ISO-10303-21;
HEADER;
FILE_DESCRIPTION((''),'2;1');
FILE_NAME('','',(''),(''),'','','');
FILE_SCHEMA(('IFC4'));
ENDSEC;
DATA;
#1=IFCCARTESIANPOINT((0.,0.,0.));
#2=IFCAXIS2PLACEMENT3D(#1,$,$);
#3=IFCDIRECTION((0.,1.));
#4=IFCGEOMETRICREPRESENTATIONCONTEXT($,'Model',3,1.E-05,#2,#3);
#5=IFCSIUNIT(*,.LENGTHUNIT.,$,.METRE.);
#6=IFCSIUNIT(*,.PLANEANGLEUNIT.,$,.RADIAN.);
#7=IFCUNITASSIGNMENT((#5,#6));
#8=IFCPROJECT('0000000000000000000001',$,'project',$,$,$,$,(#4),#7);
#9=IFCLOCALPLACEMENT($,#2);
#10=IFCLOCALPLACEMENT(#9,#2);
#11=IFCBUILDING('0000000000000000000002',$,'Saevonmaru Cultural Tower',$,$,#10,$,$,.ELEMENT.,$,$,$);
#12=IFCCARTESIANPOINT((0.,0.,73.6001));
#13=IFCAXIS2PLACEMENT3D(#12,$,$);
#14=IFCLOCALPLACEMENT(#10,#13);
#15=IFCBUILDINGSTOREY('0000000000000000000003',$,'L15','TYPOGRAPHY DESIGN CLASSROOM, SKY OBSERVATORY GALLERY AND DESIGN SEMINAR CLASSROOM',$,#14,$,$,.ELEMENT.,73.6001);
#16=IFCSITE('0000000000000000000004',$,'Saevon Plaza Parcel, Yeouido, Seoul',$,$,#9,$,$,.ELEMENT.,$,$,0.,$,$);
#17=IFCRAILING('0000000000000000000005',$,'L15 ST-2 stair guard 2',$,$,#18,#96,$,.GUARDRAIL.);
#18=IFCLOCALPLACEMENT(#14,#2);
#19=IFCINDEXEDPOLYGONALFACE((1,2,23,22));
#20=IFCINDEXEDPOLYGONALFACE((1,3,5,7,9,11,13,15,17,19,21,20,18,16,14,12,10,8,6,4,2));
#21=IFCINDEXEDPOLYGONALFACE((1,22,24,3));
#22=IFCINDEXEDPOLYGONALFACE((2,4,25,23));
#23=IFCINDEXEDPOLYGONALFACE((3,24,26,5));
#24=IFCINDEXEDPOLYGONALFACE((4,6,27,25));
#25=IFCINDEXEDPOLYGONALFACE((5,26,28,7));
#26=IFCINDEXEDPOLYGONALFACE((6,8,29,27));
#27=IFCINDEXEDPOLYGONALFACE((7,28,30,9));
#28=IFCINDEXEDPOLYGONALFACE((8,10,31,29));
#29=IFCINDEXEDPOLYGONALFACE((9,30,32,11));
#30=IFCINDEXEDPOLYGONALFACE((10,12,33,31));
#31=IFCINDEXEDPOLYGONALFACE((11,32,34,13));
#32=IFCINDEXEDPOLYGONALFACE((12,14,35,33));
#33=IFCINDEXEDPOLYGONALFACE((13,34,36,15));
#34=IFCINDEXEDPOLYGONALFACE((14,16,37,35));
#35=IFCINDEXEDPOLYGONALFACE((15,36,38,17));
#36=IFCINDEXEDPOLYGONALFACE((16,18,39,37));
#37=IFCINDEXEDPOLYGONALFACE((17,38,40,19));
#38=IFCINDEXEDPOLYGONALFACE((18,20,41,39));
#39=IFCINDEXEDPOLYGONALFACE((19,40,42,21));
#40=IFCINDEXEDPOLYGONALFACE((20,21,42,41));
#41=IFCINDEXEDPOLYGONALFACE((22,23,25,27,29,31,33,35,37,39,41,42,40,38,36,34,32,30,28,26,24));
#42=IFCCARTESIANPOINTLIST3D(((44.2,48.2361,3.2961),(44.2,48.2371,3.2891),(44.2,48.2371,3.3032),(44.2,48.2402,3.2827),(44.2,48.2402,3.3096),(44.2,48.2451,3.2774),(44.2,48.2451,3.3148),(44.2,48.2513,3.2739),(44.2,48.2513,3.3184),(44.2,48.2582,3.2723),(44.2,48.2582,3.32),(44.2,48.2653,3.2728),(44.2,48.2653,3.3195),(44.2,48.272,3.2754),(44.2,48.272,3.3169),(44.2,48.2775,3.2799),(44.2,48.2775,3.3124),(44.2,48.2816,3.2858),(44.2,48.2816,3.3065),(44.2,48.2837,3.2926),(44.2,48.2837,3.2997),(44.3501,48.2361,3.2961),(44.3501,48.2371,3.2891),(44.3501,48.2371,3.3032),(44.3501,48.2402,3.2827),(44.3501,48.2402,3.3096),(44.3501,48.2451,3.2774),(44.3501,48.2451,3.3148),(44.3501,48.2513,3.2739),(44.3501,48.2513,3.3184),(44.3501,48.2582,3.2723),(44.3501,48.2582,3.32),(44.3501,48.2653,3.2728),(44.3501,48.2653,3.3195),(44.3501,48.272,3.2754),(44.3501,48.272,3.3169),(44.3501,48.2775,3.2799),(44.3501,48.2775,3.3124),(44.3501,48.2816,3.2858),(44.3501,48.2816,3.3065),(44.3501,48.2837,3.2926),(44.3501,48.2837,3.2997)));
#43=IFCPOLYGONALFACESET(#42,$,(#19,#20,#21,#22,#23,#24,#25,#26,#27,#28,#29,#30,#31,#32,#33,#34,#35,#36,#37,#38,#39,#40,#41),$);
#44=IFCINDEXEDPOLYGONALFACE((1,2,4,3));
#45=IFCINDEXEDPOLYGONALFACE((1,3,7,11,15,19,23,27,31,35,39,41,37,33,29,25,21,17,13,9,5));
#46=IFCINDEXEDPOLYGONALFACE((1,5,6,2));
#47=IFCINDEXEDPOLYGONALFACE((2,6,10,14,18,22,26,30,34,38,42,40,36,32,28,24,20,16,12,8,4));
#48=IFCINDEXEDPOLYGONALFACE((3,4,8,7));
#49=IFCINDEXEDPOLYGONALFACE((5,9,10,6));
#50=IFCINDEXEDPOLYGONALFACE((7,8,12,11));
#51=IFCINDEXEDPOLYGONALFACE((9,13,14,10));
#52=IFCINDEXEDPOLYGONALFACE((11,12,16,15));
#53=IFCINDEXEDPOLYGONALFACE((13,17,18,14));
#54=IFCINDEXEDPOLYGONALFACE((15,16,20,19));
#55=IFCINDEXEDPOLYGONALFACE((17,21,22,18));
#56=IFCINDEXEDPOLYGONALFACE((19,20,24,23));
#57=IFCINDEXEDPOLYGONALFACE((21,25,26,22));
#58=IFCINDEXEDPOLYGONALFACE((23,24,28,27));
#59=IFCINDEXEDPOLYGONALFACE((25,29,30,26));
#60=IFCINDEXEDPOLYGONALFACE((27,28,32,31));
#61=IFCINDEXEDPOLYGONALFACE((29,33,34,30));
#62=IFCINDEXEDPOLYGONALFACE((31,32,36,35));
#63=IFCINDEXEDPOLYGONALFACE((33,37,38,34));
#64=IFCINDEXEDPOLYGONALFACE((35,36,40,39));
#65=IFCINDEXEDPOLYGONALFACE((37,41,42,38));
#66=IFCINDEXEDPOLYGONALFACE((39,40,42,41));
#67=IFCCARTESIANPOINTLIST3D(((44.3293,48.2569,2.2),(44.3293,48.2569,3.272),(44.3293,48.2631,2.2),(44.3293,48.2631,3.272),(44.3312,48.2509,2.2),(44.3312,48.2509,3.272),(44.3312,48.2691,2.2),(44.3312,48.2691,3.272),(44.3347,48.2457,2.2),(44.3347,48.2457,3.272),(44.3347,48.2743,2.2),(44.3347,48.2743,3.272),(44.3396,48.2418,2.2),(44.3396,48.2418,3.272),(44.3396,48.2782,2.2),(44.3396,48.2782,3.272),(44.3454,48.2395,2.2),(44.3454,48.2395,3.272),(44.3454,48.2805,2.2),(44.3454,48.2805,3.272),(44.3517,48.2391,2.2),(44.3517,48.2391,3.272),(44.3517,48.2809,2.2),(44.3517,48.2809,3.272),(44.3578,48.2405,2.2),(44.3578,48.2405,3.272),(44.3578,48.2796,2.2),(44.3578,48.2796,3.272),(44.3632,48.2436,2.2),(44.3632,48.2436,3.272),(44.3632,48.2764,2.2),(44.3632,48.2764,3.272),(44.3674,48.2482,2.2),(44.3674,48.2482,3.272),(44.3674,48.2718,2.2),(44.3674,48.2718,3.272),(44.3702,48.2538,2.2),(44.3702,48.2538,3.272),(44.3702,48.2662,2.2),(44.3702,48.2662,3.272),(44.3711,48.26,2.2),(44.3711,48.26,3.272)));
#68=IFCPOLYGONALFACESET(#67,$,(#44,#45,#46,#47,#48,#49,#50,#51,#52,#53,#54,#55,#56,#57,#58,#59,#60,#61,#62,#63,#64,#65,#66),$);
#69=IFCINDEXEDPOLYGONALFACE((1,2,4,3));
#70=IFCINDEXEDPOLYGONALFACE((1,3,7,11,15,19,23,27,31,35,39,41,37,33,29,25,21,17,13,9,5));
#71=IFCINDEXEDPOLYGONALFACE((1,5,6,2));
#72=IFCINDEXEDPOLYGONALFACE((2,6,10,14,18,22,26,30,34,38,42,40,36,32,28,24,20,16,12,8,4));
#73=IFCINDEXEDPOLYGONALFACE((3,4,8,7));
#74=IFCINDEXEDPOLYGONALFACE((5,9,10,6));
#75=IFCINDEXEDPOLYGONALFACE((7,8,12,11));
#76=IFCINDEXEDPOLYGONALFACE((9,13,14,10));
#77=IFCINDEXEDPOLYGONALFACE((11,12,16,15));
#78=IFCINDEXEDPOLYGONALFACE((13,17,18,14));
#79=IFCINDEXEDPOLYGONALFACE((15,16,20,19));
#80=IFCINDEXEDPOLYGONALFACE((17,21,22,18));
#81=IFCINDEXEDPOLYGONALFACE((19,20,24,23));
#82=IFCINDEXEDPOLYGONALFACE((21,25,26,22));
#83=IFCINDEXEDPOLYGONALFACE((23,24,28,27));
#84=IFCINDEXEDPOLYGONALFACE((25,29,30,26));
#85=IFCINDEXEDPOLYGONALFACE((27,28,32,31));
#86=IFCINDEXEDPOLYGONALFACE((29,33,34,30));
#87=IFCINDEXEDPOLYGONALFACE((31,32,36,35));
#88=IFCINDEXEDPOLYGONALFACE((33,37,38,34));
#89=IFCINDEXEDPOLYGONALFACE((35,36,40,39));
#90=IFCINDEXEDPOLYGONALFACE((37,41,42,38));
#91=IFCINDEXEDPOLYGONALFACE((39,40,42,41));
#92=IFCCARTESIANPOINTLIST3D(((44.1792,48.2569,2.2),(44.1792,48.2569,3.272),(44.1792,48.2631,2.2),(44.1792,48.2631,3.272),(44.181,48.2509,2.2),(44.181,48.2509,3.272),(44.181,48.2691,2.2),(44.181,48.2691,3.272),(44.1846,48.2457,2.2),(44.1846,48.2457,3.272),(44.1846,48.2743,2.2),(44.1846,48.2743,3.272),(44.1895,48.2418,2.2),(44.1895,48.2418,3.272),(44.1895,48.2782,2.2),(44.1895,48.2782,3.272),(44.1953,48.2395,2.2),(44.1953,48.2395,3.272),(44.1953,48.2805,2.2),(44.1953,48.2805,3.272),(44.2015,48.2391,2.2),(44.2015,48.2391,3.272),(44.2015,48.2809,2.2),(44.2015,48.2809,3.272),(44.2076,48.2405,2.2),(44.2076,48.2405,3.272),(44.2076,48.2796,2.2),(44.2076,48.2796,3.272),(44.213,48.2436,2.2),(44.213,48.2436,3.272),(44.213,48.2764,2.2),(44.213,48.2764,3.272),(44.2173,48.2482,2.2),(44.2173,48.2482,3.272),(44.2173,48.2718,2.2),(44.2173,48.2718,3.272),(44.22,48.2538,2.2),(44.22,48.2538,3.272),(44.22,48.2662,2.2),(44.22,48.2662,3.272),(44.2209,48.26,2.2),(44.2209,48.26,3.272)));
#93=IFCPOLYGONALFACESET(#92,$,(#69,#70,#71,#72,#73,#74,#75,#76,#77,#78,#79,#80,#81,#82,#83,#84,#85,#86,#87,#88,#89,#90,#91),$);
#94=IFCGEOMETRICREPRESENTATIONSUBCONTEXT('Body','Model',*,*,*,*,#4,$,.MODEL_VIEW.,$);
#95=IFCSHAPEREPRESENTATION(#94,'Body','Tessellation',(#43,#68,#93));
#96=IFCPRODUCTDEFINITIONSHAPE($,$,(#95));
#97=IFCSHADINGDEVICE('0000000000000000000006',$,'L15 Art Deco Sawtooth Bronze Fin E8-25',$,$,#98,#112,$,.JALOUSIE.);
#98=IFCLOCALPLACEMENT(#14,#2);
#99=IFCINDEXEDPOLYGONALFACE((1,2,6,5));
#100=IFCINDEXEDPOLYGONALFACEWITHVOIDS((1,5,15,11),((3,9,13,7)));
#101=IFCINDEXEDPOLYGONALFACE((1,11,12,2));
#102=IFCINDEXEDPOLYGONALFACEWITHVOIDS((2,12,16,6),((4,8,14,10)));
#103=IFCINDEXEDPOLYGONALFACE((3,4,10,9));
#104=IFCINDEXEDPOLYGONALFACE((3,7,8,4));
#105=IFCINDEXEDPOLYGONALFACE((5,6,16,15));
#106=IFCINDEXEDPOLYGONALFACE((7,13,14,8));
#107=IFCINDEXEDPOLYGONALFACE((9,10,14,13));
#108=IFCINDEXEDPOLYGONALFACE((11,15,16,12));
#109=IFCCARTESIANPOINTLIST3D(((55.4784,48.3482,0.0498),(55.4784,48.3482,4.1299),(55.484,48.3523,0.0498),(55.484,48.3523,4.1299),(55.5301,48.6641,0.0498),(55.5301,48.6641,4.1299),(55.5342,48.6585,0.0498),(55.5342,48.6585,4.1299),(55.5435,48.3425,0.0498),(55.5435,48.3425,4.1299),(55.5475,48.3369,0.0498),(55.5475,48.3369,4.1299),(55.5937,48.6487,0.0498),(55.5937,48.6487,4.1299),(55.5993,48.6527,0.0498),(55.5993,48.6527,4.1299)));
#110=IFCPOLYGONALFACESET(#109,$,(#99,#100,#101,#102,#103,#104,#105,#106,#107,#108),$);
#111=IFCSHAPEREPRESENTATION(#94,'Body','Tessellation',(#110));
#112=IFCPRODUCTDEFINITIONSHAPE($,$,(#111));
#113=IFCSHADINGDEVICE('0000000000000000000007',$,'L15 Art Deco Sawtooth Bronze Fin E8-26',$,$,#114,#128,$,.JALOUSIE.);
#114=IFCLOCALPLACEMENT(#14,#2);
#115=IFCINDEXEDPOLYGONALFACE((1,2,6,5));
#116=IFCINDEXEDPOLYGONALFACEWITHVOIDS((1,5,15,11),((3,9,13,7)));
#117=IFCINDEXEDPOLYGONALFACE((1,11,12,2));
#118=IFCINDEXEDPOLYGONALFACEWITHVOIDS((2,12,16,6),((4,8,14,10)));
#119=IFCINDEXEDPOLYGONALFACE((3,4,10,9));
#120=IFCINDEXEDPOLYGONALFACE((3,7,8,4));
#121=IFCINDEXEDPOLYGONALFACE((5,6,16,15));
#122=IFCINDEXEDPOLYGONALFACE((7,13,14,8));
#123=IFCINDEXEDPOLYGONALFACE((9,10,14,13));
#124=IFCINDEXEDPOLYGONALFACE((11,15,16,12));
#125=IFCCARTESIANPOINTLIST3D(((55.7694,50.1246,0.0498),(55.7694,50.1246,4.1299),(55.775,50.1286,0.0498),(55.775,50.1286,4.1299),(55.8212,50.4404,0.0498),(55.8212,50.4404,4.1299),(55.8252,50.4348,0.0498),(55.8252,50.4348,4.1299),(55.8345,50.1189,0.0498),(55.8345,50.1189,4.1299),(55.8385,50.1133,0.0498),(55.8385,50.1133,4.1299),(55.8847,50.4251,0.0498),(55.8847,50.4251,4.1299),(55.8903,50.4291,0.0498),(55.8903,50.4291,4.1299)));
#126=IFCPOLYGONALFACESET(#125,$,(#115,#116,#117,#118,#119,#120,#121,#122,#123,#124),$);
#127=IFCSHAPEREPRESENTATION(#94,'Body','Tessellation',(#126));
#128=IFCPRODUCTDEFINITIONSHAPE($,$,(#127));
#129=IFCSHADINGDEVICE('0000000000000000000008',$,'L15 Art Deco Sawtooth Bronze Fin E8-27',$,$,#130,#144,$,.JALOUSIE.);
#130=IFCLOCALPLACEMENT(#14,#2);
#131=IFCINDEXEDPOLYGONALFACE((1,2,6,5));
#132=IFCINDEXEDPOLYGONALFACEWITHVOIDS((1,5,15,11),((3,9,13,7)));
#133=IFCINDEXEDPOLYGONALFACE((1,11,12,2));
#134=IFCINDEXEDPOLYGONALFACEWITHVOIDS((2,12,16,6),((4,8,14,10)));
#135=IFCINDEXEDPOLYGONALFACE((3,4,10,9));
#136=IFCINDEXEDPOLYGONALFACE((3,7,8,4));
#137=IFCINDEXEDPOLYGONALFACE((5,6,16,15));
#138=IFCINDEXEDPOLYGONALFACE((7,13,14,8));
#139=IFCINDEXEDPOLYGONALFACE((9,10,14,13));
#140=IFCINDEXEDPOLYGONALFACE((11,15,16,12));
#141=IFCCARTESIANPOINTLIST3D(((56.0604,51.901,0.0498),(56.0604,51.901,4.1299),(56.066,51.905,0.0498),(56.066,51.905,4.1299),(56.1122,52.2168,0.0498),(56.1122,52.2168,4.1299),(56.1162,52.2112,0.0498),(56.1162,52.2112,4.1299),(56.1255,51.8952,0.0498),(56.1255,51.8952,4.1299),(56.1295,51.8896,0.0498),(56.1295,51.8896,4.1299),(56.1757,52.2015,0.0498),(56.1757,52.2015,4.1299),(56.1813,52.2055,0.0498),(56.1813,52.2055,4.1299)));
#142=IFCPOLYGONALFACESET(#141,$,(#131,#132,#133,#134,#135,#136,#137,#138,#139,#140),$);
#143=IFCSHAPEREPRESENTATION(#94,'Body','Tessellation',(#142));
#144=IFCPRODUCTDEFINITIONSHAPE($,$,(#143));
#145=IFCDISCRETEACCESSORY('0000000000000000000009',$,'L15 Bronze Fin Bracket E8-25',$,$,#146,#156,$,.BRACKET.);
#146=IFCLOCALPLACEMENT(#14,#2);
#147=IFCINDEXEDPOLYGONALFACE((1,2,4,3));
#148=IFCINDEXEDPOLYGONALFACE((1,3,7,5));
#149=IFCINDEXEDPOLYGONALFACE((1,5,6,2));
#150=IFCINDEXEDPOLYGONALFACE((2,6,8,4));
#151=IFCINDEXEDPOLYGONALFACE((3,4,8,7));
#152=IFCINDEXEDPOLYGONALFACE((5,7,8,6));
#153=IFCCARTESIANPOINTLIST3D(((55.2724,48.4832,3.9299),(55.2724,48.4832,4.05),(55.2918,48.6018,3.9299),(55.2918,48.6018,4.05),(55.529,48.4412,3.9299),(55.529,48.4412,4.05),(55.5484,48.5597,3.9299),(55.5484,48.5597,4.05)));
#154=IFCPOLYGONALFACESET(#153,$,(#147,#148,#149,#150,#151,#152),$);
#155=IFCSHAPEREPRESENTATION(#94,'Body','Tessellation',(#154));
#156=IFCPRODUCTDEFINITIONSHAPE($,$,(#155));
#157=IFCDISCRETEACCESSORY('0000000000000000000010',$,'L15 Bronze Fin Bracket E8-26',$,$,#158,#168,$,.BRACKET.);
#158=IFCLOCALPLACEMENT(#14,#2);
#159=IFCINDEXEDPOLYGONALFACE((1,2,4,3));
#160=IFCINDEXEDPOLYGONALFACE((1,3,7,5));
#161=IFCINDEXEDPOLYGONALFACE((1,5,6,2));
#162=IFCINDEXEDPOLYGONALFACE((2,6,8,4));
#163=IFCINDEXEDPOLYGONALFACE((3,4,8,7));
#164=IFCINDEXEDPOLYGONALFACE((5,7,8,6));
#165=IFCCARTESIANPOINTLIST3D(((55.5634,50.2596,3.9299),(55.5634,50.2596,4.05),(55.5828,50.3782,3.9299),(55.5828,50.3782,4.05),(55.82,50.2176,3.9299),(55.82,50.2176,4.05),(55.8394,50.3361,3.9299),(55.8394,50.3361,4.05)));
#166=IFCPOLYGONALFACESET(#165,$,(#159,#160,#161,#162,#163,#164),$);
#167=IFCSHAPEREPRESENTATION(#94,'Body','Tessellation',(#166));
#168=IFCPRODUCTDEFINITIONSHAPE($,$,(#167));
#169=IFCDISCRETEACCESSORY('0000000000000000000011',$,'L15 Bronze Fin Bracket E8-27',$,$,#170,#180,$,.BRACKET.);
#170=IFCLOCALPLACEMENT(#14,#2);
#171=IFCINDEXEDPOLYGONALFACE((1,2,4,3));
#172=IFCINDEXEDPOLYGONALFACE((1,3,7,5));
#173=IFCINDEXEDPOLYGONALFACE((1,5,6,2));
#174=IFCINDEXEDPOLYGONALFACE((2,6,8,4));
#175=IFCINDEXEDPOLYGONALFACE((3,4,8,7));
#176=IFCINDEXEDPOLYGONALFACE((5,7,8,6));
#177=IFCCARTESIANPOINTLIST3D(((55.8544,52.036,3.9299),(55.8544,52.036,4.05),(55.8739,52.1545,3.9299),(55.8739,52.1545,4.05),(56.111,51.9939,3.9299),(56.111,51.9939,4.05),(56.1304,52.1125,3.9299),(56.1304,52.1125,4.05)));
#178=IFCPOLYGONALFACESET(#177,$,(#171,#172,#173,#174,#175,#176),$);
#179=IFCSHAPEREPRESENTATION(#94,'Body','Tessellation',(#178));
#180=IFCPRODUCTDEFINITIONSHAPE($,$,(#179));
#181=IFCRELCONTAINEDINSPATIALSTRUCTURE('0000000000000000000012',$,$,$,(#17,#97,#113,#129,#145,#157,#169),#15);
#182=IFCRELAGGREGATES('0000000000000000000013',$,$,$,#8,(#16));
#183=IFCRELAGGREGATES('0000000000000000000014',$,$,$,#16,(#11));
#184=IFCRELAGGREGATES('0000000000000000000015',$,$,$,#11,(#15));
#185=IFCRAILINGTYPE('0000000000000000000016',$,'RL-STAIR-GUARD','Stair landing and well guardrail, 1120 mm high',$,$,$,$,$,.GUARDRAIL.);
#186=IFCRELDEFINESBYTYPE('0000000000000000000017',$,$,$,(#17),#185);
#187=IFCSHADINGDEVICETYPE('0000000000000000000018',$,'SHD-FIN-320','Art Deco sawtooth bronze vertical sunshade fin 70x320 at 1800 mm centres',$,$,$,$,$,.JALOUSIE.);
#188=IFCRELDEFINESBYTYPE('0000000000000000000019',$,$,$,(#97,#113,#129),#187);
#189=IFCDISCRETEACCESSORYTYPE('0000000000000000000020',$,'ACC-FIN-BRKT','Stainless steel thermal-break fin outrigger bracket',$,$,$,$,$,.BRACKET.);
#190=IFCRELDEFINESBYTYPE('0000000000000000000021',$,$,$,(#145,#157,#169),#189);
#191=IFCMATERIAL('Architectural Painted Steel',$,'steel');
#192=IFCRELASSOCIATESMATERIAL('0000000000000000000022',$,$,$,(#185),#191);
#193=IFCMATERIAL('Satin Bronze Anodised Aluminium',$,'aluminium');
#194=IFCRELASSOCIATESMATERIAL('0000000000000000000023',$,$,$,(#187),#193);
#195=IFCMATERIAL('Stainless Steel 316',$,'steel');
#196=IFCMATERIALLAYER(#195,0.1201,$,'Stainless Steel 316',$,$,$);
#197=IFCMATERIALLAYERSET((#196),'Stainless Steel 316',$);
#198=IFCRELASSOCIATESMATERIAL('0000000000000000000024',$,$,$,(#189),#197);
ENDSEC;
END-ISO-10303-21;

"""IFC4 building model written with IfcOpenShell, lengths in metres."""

from ifc_helpers import new_model, si_unit, direction, frame, origin, origin_2d, place, context, subcontext, project, spatial, rectangle, hollow_rectangle, circle, extrude, material, layer, layer_set, material_profile, profile_set, type_object, element, save


model = new_model("IFC4")

# Units and contexts
model_context = context("Model", 3, precision=1e-05, world=origin(), true_north=direction((0.0, 1.0)))
body_context = subcontext(model_context, "Body", "Model", "MODEL_VIEW")
ifc_project = project(units=[si_unit("LENGTHUNIT", "METRE"), si_unit("PLANEANGLEUNIT", "RADIAN")], contexts=[model_context])

# Site, building, storey
site_placement = place(None, origin())
site = spatial("IfcSite", under=ifc_project, at=site_placement, Name="Saevon Plaza Parcel, Yeouido, Seoul", CompositionType="ELEMENT", RefElevation=0.0)
building_placement = place(site_placement, origin())
building = spatial("IfcBuilding", under=site, at=building_placement, Name="Saevonmaru Cultural Tower", CompositionType="ELEMENT")
storey_placement = place(building_placement, frame((0.0, 0.0, 73.6001)))
storey = spatial("IfcBuildingStorey", under=building, at=storey_placement, Name="L15", Description="TYPOGRAPHY DESIGN CLASSROOM, SKY OBSERVATORY GALLERY AND DESIGN SEMINAR CLASSROOM", CompositionType="ELEMENT", Elevation=73.6001)

# Shared definitions
ifc_material_1 = material(Name="Satin Bronze Anodised Aluminium", Category="aluminium")

# Railing
ifc_material_2 = material(Name="Architectural Painted Steel", Category="steel")
railing_type = type_object("IfcRailingType", Name="RL-STAIR-GUARD", Description="Stair landing and well guardrail, 1120 mm high", PredefinedType="GUARDRAIL", material=ifc_material_2)
railing_placement = place(storey_placement, frame((44.3501, 48.26, 2.2)))
element("IfcRailing", 1, at=railing_placement, inside=storey, type_object=railing_type, Name="L15 ST-2 stair guard 2", PredefinedType="GUARDRAIL", context=body_context, shape_type="SweptSolid", body=[
    extrude(circle(Radius=0.0239, at=origin_2d()), frame((0.0, 0.0, 1.0962), z_axis=(-1.0, 0.0, 0.0), x_axis=(0.0, -1.0, 0.0)), (0.0, 0.0, 1.0), 0.1501),
    extrude(circle(Radius=0.021, at=origin_2d()), origin(), (0.0, 0.0, 1.0), 1.072),
    extrude(circle(Radius=0.021, at=origin_2d()), frame((-0.1501, 0.0, 0.0)), (0.0, 0.0, 1.0), 1.072),
])

# Shading devices
ifc_material_profile_1 = material_profile(ifc_material_1, hollow_rectangle(XDim=0.0701, YDim=0.3201, WallThickness=0.0049, at=origin_2d()), Name="FIN-320x70")
ifc_profile_set_1 = profile_set([ifc_material_profile_1], Name="Satin Bronze Anodised Aluminium")
shading_device_type = type_object("IfcShadingDeviceType", Name="SHD-FIN-320", Description="Art Deco sawtooth bronze vertical sunshade fin 70x320 at 1800 mm centres", PredefinedType="JALOUSIE", material=ifc_profile_set_1)
for number, where, z_axis, x_axis, name in (
    (2, (55.5388, 48.5005, 0.0498), (0.0, 0.0, 1.0), (0.986827, -0.161776, 0.0), "L15 Art Deco Sawtooth Bronze Fin E8-25"),
    (3, (55.8298, 50.2769, 0.0498), (0.0, 0.0, 1.0), (0.986827, -0.161776, 0.0), "L15 Art Deco Sawtooth Bronze Fin E8-26"),
    (4, (56.1208, 52.0532, 0.0498), (0.0, 0.0, 1.0), (0.986827, -0.161776, 0.0), "L15 Art Deco Sawtooth Bronze Fin E8-27"),
):
    element("IfcShadingDevice", number, at=place(storey_placement, frame(where, z_axis=z_axis, x_axis=x_axis)), inside=storey, type_object=shading_device_type, Name=name, PredefinedType="JALOUSIE", context=body_context, shape_type="SweptSolid", body=[
        extrude(hollow_rectangle(XDim=0.0701, YDim=0.3201, WallThickness=0.0049, at=origin_2d()), origin(), (0.0, 0.0, 1.0), 4.0801),
    ])

# Discrete accessories
ifc_material_3 = material(Name="Stainless Steel 316", Category="steel")
ifc_layer_1 = layer(ifc_material_3, 0.1201, Name="Stainless Steel 316")
ifc_layer_set_1 = layer_set([ifc_layer_1], Name="Stainless Steel 316")
discrete_accessory_type = type_object("IfcDiscreteAccessoryType", Name="ACC-FIN-BRKT", Description="Stainless steel thermal-break fin outrigger bracket", PredefinedType="BRACKET", material=ifc_layer_set_1)
for number, where, z_axis, x_axis, name in (
    (5, (55.4104, 48.5215, 3.9299), (0.0, 0.0, 1.0), (0.986827, -0.161776, 0.0), "L15 Bronze Fin Bracket E8-25"),
    (6, (55.7014, 50.2979, 3.9299), (0.0, 0.0, 1.0), (0.986827, -0.161776, 0.0), "L15 Bronze Fin Bracket E8-26"),
    (7, (55.9924, 52.0742, 3.9299), (0.0, 0.0, 1.0), (0.986827, -0.161776, 0.0), "L15 Bronze Fin Bracket E8-27"),
):
    element("IfcDiscreteAccessory", number, at=place(storey_placement, frame(where, z_axis=z_axis, x_axis=x_axis)), inside=storey, type_object=discrete_accessory_type, Name=name, PredefinedType="BRACKET", context=body_context, shape_type="SweptSolid", body=[
        extrude(rectangle(XDim=0.26, YDim=0.1201, at=origin_2d()), origin(), (0.0, 0.0, 1.0), 0.1201),
    ])

save(model, "model.ifc")
